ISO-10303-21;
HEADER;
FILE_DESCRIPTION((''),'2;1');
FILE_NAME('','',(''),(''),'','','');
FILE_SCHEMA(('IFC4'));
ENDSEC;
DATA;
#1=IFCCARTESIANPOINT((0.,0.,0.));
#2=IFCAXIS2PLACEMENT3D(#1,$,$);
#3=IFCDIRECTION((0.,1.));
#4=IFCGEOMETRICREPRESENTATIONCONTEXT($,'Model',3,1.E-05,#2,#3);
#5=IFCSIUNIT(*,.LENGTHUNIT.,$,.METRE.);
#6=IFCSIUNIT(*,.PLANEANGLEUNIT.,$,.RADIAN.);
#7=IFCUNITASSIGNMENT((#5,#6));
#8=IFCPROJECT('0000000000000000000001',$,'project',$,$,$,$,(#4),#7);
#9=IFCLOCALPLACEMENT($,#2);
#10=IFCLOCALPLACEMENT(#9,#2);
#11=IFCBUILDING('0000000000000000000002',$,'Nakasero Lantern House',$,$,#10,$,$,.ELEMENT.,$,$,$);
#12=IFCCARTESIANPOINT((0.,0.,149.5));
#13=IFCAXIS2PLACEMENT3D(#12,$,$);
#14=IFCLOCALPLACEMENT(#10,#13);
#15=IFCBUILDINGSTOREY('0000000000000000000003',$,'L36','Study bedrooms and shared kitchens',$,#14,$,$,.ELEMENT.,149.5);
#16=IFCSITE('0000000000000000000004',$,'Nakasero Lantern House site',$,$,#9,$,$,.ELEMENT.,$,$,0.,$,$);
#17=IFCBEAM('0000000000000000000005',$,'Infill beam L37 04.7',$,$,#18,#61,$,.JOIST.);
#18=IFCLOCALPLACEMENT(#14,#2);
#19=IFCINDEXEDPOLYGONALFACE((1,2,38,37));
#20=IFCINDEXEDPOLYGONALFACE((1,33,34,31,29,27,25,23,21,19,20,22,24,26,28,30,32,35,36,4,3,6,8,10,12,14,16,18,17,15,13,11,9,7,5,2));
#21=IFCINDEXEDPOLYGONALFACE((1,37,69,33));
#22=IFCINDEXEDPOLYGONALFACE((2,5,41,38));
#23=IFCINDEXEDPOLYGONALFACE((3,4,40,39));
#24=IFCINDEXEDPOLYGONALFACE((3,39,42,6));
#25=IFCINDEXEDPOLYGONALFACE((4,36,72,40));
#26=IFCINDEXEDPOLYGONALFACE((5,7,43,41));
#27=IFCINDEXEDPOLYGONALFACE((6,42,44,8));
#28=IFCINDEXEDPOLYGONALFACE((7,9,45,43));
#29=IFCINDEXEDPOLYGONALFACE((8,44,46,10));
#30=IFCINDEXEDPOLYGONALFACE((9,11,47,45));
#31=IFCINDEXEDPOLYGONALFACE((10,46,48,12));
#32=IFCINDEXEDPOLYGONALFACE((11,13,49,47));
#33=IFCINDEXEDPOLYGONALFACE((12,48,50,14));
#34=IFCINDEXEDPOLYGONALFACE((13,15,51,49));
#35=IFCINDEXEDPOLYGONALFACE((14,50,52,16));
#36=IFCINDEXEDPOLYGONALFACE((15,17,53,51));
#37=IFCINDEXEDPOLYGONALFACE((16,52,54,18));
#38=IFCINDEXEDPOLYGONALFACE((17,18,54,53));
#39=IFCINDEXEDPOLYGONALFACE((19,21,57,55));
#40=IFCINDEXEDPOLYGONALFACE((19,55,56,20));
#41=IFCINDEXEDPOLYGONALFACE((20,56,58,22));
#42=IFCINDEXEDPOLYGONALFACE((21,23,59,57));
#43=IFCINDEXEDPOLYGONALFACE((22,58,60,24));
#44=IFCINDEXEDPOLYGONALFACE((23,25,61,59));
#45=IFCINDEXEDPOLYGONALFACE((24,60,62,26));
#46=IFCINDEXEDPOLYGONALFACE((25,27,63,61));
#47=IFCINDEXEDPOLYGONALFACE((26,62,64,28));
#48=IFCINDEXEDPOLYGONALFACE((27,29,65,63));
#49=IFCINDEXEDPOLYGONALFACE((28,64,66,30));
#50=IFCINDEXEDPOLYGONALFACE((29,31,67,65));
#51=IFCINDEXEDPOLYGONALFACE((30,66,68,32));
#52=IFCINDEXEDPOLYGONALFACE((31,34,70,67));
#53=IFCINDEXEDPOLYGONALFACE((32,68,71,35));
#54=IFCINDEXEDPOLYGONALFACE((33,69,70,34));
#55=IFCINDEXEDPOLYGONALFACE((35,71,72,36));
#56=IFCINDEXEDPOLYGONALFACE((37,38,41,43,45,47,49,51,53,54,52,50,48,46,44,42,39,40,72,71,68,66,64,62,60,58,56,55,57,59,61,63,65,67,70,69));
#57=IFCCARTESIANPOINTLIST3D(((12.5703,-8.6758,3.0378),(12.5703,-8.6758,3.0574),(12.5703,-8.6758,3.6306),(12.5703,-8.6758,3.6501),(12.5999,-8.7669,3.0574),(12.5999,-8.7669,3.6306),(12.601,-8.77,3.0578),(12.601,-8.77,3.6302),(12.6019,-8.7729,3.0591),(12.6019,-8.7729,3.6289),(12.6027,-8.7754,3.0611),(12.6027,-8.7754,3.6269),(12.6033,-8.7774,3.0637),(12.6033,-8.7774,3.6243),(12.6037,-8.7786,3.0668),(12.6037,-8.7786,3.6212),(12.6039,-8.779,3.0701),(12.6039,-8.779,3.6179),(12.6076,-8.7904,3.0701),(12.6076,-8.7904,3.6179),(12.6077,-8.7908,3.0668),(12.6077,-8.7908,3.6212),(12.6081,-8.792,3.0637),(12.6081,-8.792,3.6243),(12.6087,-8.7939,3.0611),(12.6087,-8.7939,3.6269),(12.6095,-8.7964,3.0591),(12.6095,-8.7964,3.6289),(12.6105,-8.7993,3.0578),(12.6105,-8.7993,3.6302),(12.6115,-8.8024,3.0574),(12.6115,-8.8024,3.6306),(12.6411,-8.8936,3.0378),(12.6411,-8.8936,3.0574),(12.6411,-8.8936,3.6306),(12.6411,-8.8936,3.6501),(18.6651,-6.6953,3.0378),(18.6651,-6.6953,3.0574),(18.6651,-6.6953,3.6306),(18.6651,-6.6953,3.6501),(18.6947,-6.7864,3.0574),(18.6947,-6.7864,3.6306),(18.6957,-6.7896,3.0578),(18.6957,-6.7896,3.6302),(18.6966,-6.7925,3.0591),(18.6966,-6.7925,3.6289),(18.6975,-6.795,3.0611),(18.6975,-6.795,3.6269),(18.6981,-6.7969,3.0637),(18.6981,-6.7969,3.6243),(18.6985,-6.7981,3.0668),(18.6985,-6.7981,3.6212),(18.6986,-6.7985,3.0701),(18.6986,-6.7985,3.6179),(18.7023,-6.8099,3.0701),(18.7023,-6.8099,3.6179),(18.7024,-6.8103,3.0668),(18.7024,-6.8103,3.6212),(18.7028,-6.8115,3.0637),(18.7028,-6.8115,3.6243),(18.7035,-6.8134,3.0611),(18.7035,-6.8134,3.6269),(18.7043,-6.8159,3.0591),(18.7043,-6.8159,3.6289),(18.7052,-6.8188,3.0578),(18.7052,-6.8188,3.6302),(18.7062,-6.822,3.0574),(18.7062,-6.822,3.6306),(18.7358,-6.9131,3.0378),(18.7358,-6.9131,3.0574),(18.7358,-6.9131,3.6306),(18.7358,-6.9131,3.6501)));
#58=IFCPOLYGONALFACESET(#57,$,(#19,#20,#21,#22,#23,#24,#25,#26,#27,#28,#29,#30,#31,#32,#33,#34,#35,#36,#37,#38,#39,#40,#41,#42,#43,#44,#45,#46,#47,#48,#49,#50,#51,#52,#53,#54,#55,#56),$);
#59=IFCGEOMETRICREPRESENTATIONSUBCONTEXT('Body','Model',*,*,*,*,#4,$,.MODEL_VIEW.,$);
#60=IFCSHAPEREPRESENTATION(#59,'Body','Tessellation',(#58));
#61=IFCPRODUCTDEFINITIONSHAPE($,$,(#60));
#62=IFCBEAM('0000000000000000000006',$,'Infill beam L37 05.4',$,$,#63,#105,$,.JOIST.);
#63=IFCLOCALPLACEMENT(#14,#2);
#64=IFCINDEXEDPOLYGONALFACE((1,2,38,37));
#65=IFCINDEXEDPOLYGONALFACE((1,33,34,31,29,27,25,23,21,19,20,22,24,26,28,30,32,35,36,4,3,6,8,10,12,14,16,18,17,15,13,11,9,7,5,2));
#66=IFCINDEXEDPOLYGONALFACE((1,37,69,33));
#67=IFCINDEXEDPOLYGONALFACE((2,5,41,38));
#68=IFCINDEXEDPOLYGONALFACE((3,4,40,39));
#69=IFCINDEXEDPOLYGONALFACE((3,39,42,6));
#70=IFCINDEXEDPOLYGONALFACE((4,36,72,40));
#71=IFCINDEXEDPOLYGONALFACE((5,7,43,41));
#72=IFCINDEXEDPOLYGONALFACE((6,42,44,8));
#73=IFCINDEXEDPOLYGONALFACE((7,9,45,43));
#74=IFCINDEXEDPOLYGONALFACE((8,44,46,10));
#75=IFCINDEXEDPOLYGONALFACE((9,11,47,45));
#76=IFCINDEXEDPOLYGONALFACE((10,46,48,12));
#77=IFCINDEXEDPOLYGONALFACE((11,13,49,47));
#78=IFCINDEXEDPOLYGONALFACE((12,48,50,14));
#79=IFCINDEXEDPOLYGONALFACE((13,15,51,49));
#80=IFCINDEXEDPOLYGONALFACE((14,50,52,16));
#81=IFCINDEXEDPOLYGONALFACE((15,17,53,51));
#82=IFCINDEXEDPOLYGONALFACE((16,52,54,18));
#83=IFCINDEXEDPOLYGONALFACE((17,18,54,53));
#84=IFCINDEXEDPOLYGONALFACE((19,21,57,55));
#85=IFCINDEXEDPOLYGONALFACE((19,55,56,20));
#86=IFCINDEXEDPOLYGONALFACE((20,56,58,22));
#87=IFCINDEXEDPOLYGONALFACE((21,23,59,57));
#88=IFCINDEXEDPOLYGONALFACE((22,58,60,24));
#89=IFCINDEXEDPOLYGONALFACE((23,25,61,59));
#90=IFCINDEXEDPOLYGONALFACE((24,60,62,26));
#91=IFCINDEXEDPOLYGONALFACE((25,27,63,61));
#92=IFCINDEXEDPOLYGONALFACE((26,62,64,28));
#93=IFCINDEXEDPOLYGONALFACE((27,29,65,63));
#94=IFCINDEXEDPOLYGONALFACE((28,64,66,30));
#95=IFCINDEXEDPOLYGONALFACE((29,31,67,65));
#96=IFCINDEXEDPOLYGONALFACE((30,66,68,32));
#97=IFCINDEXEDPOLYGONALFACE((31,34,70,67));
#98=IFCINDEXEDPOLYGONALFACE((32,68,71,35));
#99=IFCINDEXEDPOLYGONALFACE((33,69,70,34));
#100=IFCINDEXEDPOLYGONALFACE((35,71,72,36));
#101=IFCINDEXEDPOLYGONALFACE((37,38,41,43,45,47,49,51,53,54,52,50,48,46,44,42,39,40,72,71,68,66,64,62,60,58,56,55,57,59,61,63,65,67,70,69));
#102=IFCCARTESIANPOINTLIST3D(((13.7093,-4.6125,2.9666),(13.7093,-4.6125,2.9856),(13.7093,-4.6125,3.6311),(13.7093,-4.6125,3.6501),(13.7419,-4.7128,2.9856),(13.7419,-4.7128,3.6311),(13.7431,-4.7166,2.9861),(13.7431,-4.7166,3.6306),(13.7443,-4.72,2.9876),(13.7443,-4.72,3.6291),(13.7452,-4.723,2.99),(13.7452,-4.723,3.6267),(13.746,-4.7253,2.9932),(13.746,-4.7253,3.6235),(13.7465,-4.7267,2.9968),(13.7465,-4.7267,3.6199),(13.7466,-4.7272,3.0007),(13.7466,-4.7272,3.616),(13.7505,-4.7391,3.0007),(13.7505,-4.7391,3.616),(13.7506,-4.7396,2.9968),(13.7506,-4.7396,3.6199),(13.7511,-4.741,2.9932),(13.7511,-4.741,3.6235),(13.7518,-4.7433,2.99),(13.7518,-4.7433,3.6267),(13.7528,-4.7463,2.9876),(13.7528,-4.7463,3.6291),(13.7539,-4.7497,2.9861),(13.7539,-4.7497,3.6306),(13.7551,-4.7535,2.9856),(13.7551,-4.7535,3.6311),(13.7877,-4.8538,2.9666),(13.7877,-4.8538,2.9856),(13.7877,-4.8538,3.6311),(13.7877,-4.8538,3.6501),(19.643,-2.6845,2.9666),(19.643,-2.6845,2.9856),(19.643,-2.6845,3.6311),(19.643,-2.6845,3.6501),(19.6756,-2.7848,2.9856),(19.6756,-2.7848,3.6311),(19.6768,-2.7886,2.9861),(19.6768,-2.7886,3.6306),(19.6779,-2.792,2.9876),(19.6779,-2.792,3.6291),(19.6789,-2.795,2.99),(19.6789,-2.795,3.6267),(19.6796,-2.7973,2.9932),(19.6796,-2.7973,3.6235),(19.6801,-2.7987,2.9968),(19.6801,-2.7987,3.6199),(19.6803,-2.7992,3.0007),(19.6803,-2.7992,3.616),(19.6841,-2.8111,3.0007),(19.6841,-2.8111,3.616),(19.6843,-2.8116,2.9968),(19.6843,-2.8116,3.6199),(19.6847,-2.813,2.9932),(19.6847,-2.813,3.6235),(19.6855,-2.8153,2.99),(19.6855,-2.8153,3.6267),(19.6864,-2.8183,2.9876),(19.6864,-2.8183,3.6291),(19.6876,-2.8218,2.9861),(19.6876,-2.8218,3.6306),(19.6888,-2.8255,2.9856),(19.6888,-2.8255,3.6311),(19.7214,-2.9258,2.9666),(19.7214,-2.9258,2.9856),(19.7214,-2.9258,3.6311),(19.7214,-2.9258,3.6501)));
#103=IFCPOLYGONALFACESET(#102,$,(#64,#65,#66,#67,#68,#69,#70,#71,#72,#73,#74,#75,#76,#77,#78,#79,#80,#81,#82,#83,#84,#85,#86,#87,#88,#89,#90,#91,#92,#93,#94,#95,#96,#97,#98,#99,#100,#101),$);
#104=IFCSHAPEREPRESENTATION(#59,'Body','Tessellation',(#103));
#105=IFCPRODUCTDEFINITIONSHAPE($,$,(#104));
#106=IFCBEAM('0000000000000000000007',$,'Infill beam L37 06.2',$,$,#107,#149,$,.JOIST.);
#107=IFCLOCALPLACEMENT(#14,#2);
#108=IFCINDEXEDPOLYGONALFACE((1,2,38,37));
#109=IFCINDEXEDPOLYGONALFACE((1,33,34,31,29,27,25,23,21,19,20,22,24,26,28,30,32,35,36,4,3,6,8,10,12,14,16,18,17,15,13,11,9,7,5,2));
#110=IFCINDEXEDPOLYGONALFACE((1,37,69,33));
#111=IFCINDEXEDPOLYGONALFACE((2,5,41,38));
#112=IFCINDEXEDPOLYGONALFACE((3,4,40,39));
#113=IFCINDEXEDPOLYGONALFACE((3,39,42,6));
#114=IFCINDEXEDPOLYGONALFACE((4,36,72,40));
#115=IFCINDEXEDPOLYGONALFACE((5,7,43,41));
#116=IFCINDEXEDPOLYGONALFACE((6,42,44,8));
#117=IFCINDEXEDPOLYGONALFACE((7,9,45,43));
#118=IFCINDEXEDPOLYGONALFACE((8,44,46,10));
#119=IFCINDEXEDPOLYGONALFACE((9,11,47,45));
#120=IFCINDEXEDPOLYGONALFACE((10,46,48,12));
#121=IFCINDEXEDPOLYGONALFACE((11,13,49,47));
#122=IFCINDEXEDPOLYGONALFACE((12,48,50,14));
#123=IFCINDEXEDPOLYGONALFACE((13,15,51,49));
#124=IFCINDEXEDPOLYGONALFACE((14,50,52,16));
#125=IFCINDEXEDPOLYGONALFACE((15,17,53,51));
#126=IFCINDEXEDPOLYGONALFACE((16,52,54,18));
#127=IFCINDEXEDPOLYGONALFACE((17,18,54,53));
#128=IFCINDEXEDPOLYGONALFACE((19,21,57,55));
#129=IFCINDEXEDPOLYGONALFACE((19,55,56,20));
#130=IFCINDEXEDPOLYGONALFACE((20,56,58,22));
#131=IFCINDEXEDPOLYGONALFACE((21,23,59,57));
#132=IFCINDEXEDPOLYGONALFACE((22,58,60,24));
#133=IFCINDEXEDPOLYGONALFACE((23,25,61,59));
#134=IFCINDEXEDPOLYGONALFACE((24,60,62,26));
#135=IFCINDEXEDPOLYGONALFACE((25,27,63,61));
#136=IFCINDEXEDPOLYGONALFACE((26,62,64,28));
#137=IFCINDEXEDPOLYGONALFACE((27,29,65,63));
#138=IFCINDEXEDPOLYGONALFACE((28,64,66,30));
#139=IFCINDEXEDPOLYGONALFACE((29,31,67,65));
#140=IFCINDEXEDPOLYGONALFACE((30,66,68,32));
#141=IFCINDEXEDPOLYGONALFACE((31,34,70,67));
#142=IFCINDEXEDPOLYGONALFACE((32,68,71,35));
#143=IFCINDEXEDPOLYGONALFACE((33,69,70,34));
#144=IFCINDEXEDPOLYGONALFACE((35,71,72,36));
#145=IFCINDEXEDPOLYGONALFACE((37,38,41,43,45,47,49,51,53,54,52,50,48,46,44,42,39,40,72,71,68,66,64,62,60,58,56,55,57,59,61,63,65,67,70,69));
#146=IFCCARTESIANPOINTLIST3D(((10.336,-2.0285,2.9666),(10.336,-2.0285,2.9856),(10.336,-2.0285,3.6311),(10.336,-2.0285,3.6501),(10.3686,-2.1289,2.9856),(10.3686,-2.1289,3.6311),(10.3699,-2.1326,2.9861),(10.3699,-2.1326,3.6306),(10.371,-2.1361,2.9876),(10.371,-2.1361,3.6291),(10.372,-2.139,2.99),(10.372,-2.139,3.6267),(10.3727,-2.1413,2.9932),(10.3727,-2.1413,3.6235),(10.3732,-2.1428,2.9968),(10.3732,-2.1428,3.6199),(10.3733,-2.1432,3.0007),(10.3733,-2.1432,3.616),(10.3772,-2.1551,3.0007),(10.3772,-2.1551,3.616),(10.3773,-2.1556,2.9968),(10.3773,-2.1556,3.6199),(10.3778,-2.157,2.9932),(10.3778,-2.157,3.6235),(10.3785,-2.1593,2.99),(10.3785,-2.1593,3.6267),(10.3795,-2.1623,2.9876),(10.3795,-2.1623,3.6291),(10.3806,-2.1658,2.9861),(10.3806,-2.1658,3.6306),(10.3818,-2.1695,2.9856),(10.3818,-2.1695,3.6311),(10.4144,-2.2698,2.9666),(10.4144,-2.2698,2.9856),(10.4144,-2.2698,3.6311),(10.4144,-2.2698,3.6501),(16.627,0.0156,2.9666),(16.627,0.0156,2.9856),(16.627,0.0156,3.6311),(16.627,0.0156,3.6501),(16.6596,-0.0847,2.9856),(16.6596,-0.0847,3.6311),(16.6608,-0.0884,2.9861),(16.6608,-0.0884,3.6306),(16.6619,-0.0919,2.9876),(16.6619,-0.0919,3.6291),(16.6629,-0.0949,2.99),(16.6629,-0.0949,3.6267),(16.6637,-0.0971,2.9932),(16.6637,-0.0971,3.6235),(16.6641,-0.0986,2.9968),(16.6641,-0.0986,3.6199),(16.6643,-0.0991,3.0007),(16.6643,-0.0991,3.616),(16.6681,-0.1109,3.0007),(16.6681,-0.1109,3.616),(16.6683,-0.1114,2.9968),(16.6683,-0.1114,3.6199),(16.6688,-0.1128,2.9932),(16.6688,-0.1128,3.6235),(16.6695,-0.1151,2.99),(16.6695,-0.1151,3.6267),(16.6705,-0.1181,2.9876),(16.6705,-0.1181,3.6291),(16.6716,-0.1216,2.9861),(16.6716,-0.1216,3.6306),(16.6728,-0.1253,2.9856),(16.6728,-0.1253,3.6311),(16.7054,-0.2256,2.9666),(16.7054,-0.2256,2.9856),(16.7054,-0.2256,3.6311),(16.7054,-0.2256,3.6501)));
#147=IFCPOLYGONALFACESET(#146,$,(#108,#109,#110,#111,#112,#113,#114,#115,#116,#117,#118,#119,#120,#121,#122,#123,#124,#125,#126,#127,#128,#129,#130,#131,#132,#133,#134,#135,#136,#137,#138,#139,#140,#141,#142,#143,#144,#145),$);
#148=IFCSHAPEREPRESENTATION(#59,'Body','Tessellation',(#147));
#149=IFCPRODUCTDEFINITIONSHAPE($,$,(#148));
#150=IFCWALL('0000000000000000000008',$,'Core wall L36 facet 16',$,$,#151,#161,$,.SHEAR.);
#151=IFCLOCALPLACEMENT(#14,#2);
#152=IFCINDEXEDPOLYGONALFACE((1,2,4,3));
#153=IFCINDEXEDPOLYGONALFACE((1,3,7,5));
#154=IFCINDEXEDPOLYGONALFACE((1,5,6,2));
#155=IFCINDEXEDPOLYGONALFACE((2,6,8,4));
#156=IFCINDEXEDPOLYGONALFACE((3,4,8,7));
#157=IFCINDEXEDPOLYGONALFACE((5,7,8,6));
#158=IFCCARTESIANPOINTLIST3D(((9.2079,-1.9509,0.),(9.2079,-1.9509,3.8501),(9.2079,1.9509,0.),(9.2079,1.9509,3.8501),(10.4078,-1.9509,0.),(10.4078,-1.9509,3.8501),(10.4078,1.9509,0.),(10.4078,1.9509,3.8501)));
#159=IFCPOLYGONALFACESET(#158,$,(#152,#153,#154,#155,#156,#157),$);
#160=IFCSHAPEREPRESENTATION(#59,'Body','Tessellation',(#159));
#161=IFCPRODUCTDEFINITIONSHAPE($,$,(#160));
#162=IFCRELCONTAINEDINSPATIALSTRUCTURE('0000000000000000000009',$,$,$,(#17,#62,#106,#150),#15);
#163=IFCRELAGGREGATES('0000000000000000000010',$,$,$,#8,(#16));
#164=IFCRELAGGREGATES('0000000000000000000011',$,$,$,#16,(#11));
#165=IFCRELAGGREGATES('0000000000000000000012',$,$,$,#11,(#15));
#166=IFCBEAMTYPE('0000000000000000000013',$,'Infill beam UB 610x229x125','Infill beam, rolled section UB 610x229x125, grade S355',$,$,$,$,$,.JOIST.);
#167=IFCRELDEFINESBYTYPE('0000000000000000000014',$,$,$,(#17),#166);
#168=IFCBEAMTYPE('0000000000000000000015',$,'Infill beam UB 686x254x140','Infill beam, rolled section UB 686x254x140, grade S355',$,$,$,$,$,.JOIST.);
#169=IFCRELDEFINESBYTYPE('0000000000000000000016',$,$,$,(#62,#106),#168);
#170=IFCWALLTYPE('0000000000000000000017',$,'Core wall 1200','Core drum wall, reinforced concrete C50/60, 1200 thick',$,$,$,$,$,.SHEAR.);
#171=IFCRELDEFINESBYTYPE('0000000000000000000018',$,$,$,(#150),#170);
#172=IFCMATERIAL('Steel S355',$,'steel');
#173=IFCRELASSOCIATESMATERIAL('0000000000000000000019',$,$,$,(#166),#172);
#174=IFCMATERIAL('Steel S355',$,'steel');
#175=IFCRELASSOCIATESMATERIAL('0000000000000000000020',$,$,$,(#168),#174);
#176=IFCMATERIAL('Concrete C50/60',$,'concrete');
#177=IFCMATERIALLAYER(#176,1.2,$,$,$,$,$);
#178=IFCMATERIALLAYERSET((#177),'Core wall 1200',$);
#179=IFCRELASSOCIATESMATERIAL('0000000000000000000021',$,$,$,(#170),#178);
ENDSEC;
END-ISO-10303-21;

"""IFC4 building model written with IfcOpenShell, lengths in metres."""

from ifc_helpers import new_model, si_unit, direction, frame, frame_2d, origin, origin_2d, place, context, subcontext, project, spatial, rectangle, i_section, extrude, material, layer, layer_set, material_profile, profile_set, type_object, element, save


model = new_model("IFC4")

# Units and contexts
model_context = context("Model", 3, precision=1e-05, world=origin(), true_north=direction((0.0, 1.0)))
body_context = subcontext(model_context, "Body", "Model", "MODEL_VIEW")
ifc_project = project(units=[si_unit("LENGTHUNIT", "METRE"), si_unit("PLANEANGLEUNIT", "RADIAN")], contexts=[model_context])

# Site, building, storey
site_placement = place(None, origin())
site = spatial("IfcSite", under=ifc_project, at=site_placement, Name="Nakasero Lantern House site", CompositionType="ELEMENT", RefElevation=0.0)
building_placement = place(site_placement, origin())
building = spatial("IfcBuilding", under=site, at=building_placement, Name="Nakasero Lantern House", CompositionType="ELEMENT")
storey_placement = place(building_placement, frame((0.0, 0.0, 149.5)))
storey = spatial("IfcBuildingStorey", under=building, at=storey_placement, Name="L36", Description="Study bedrooms and shared kitchens", CompositionType="ELEMENT", Elevation=149.5)

# Beams
ifc_material_1 = material(Name="Steel S355", Category="steel")
ifc_material_profile_1 = material_profile(ifc_material_1, i_section(OverallWidth=0.229, OverallDepth=0.6123, WebThickness=0.012, FlangeThickness=0.0195, FilletRadius=0.0127, at=origin_2d()), Name="UB 610x229x125")
ifc_profile_set_1 = profile_set([ifc_material_profile_1], Name="Steel S355")
beam_type_1 = type_object("IfcBeamType", Name="Infill beam UB 610x229x125", Description="Infill beam, rolled section UB 610x229x125, grade S355", PredefinedType="JOIST", material=ifc_profile_set_1)
beam_1_placement = place(storey_placement, frame((12.6057, -8.7847, 3.344), z_axis=(0.951049, 0.309041, 0.0), x_axis=(-0.309041, 0.951049, 0.0)))
element("IfcBeam", 1, at=beam_1_placement, inside=storey, type_object=beam_type_1, Name="Infill beam L37 04.7", PredefinedType="JOIST", context=body_context, shape_type="SweptSolid", body=[
    extrude(i_section(OverallWidth=0.229, OverallDepth=0.6123, WebThickness=0.012, FlangeThickness=0.0195, FilletRadius=0.0127, at=origin_2d()), origin(), (0.0, 0.0, 1.0), 6.4084),
])
ifc_material_2 = material(Name="Steel S355", Category="steel")
ifc_material_profile_2 = material_profile(ifc_material_2, i_section(OverallWidth=0.2537, OverallDepth=0.6836, WebThickness=0.0125, FlangeThickness=0.019, FilletRadius=0.0151, at=origin_2d()), Name="UB 686x254x140")
ifc_profile_set_2 = profile_set([ifc_material_profile_2], Name="Steel S355")
beam_type_2 = type_object("IfcBeamType", Name="Infill beam UB 686x254x140", Description="Infill beam, rolled section UB 686x254x140, grade S355", PredefinedType="JOIST", material=ifc_profile_set_2)
beam_2_placement = place(storey_placement, frame((13.7485, -4.7332, 3.3083), z_axis=(0.951055, 0.309022, 0.0), x_axis=(-0.309022, 0.951055, 0.0)))
element("IfcBeam", 2, at=beam_2_placement, inside=storey, type_object=beam_type_2, Name="Infill beam L37 05.4", PredefinedType="JOIST", context=body_context, shape_type="SweptSolid", body=[
    extrude(i_section(OverallWidth=0.2537, OverallDepth=0.6836, WebThickness=0.0125, FlangeThickness=0.019, FilletRadius=0.0151, at=origin_2d()), origin(), (0.0, 0.0, 1.0), 6.239),
])
beam_3_placement = place(storey_placement, frame((10.3752, -2.1492, 3.3083), z_axis=(0.951051, 0.309033, 0.0), x_axis=(-0.309033, 0.951051, 0.0)))
element("IfcBeam", 3, at=beam_3_placement, inside=storey, type_object=beam_type_2, Name="Infill beam L37 06.2", PredefinedType="JOIST", context=body_context, shape_type="SweptSolid", body=[
    extrude(i_section(OverallWidth=0.2537, OverallDepth=0.6836, WebThickness=0.0125, FlangeThickness=0.019, FilletRadius=0.0151, at=origin_2d()), origin(), (0.0, 0.0, 1.0), 6.6147),
])

# Wall
ifc_material_3 = material(Name="Concrete C50/60", Category="concrete")
ifc_layer_1 = layer(ifc_material_3, 1.2)
ifc_layer_set_1 = layer_set([ifc_layer_1], Name="Core wall 1200")
wall_type_1 = type_object("IfcWallType", Name="Core wall 1200", Description="Core drum wall, reinforced concrete C50/60, 1200 thick", PredefinedType="SHEAR", material=ifc_layer_set_1)
wall_1_placement = place(storey_placement, frame((9.8079, -1.9509, 0.0), z_axis=(0.0, 0.0, 1.0), x_axis=(0.0, 1.0, 0.0)))
element("IfcWall", 4, at=wall_1_placement, inside=storey, type_object=wall_type_1, Name="Core wall L36 facet 16", PredefinedType="SHEAR", context=body_context, shape_type="SweptSolid", body=[
    extrude(rectangle(XDim=3.9019, YDim=1.2, at=frame_2d((1.9509, 0.0))), origin(), (0.0, 0.0, 1.0), 3.8501),
])

save(model, "model.ifc")
